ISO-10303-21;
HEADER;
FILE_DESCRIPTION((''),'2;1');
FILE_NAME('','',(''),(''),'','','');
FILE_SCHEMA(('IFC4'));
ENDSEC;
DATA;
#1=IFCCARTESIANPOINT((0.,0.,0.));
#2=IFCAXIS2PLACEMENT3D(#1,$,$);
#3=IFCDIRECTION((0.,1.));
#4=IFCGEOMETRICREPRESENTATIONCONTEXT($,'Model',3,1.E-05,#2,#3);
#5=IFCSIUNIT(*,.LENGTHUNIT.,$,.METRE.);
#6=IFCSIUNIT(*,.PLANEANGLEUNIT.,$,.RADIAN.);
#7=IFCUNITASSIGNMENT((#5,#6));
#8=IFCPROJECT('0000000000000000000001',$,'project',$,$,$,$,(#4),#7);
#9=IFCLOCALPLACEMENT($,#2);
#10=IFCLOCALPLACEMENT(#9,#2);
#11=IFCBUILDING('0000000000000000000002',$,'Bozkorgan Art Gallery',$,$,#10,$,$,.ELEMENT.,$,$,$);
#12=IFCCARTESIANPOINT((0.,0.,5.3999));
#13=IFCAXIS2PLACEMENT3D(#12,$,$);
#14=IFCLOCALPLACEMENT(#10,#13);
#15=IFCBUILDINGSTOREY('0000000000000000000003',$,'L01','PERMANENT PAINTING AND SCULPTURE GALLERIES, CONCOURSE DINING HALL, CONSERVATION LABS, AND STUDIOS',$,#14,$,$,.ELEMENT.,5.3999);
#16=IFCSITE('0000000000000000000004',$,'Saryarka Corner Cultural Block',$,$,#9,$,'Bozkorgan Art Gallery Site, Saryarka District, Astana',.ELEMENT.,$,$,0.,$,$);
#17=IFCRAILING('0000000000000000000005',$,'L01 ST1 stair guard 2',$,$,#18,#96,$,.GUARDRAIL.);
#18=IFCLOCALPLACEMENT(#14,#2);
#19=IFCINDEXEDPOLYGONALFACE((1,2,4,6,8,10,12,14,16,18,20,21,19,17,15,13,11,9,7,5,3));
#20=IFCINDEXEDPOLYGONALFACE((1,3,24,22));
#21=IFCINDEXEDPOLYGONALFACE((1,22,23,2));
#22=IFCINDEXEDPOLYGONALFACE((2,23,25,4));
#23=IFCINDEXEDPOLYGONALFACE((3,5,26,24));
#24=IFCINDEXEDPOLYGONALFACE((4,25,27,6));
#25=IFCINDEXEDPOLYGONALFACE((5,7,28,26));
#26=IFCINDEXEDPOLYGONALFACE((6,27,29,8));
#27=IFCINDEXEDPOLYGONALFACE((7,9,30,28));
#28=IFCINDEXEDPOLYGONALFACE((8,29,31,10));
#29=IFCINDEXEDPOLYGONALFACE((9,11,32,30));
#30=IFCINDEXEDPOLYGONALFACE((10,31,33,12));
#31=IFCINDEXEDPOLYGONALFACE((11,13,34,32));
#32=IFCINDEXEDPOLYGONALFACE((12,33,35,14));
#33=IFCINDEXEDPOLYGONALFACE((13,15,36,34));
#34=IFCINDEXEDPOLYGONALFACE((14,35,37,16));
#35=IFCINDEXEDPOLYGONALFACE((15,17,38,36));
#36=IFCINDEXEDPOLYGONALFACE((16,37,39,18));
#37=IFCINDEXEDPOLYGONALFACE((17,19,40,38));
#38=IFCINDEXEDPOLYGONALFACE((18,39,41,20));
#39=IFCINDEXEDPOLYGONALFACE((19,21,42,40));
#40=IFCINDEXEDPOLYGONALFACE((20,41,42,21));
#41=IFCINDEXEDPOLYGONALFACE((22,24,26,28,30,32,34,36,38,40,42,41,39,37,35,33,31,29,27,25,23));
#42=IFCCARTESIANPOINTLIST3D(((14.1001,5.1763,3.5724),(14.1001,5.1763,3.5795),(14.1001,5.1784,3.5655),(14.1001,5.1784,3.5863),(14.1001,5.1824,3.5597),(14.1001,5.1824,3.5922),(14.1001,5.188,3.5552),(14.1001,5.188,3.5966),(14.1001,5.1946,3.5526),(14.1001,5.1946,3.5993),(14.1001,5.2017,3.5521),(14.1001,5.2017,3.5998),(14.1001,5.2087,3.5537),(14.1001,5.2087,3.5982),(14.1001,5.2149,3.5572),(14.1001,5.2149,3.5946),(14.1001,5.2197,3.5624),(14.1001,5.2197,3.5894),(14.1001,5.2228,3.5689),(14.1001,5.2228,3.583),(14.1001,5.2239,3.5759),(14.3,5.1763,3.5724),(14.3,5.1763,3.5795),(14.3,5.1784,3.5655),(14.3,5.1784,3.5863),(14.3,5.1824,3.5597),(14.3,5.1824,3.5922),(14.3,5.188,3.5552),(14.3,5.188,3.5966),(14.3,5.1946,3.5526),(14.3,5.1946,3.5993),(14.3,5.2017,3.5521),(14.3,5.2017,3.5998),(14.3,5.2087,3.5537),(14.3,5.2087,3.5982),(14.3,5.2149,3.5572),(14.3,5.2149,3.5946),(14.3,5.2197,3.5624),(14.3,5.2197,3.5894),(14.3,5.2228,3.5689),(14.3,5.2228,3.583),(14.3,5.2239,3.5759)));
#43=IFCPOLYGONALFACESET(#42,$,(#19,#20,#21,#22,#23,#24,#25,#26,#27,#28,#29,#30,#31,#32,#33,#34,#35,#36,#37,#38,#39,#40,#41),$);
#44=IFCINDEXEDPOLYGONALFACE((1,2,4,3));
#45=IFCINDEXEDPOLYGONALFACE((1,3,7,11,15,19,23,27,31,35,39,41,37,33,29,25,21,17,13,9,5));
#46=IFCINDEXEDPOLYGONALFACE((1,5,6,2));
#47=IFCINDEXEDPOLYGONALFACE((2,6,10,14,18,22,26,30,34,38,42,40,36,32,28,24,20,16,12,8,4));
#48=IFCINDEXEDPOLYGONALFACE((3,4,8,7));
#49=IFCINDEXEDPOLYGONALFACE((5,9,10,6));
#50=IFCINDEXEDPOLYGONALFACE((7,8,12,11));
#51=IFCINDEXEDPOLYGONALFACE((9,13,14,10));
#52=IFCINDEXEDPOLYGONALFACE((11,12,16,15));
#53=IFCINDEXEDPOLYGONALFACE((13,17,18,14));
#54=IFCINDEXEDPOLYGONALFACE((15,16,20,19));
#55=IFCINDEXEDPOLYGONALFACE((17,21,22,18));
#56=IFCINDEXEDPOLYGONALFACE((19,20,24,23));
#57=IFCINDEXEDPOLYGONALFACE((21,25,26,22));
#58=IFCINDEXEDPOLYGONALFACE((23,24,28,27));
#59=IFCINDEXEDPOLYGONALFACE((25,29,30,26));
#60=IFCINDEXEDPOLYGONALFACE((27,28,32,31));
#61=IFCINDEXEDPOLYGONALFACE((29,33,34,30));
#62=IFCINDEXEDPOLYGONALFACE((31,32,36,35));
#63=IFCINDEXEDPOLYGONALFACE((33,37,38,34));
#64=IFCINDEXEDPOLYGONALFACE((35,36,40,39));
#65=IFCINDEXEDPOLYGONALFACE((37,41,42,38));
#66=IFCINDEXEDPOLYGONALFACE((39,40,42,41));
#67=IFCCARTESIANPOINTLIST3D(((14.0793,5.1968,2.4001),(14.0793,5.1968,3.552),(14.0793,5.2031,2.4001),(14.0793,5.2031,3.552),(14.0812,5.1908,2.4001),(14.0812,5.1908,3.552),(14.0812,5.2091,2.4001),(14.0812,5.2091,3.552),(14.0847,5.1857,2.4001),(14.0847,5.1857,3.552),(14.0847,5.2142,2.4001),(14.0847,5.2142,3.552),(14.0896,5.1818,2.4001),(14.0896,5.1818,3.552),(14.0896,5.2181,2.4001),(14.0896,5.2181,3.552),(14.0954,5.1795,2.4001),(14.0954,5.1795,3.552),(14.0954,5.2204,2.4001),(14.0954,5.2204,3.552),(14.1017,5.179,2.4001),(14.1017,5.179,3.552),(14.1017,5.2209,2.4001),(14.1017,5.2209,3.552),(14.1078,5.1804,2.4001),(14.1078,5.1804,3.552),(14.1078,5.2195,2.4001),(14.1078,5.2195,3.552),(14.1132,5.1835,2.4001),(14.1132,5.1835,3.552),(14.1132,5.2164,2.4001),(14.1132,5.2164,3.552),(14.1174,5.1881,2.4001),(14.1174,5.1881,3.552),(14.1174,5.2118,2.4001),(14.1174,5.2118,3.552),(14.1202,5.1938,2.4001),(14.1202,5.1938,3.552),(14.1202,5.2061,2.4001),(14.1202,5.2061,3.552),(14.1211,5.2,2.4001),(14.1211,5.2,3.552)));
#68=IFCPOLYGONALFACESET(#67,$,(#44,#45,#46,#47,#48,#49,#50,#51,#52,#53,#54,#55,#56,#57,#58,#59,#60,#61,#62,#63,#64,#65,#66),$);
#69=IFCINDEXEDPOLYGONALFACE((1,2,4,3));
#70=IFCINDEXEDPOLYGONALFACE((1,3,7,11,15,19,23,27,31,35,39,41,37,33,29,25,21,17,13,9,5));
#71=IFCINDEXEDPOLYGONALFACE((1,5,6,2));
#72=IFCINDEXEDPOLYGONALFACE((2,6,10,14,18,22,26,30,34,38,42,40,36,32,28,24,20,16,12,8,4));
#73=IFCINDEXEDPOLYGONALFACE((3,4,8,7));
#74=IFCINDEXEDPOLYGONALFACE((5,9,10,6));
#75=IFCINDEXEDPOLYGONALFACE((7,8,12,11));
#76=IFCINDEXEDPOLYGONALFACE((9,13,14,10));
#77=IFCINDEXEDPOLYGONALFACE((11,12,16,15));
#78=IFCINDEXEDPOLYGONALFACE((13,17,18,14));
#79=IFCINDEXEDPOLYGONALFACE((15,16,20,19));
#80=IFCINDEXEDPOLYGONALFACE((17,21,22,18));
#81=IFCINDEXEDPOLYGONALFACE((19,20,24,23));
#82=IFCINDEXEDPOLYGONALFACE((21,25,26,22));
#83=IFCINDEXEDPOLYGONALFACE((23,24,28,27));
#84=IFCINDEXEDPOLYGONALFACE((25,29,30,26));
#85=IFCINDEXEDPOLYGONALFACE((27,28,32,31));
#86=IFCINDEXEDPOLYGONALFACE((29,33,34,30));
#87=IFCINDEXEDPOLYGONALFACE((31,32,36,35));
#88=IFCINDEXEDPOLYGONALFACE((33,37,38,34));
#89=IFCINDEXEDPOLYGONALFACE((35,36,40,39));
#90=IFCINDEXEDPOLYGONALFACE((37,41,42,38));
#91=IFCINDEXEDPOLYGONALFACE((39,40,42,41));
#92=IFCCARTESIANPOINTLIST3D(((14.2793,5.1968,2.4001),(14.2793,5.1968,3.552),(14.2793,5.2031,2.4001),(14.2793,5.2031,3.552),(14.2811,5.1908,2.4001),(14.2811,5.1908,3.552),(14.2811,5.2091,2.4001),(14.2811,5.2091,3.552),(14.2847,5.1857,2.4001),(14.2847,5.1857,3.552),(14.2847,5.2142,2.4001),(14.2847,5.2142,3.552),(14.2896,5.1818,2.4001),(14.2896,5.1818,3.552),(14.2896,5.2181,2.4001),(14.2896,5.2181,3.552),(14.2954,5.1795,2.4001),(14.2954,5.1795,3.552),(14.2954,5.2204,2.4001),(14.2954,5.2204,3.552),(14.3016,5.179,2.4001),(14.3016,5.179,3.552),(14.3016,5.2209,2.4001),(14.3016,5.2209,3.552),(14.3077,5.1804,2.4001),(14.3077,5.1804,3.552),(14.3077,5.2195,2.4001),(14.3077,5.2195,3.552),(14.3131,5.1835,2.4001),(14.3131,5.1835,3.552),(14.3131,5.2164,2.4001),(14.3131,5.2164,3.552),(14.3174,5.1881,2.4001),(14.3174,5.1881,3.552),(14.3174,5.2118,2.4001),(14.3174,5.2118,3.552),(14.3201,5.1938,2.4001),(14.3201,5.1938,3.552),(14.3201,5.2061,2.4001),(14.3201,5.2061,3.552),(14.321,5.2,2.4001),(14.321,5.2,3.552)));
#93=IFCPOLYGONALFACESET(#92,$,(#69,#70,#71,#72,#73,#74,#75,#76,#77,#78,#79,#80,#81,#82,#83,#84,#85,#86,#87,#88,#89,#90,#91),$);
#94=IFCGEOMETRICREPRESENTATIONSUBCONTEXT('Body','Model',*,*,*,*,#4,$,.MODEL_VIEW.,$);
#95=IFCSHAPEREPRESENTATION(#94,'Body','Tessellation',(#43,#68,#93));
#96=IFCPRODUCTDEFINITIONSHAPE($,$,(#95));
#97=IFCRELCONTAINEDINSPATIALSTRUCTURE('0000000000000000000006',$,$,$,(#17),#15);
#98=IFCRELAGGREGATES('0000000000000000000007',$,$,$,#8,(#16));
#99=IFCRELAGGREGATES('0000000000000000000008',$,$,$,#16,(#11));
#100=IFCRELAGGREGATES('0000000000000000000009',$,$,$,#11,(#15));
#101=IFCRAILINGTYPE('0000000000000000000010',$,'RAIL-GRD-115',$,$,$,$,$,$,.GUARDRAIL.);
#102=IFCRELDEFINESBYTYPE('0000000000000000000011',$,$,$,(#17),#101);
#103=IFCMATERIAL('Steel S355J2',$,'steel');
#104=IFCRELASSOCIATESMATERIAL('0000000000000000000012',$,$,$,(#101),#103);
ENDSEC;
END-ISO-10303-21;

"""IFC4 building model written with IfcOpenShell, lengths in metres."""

from ifc_helpers import new_model, si_unit, direction, frame, origin, origin_2d, place, context, subcontext, project, spatial, circle, extrude, material, type_object, element, save


model = new_model("IFC4")

# Units and contexts
model_context = context("Model", 3, precision=1e-05, world=origin(), true_north=direction((0.0, 1.0)))
body_context = subcontext(model_context, "Body", "Model", "MODEL_VIEW")
ifc_project = project(units=[si_unit("LENGTHUNIT", "METRE"), si_unit("PLANEANGLEUNIT", "RADIAN")], contexts=[model_context])

# Site, building, storey
site_placement = place(None, origin())
site = spatial("IfcSite", under=ifc_project, at=site_placement, Name="Saryarka Corner Cultural Block", LongName="Bozkorgan Art Gallery Site, Saryarka District, Astana", CompositionType="ELEMENT", RefElevation=0.0)
building_placement = place(site_placement, origin())
building = spatial("IfcBuilding", under=site, at=building_placement, Name="Bozkorgan Art Gallery", CompositionType="ELEMENT")
storey_placement = place(building_placement, frame((0.0, 0.0, 5.3999)))
storey = spatial("IfcBuildingStorey", under=building, at=storey_placement, Name="L01", Description="PERMANENT PAINTING AND SCULPTURE GALLERIES, CONCOURSE DINING HALL, CONSERVATION LABS, AND STUDIOS", CompositionType="ELEMENT", Elevation=5.3999)

# Shared definitions
ifc_material_1 = material(Name="Steel S355J2", Category="steel")

# Railing
railing_type_1 = type_object("IfcRailingType", Name="RAIL-GRD-115", PredefinedType="GUARDRAIL", material=ifc_material_1)
railing_1_placement = place(storey_placement, frame((14.1001, 5.2, 2.4001)))
element("IfcRailing", 1, at=railing_1_placement, inside=storey, type_object=railing_type_1, Name="L01 ST1 stair guard 2", PredefinedType="GUARDRAIL", context=body_context, shape_type="SweptSolid", body=[
    extrude(circle(Radius=0.0239, at=origin_2d()), frame((0.0, 0.0, 1.1758), z_axis=(1.0, 0.0, 0.0), x_axis=(0.0, 1.0, 0.0)), (0.0, 0.0, 1.0), 0.2),
    extrude(circle(Radius=0.021, at=origin_2d()), origin(), (0.0, 0.0, 1.0), 1.1519),
    extrude(circle(Radius=0.021, at=origin_2d()), frame((0.2, 0.0, 0.0)), (0.0, 0.0, 1.0), 1.1519),
])

save(model, "model.ifc")
